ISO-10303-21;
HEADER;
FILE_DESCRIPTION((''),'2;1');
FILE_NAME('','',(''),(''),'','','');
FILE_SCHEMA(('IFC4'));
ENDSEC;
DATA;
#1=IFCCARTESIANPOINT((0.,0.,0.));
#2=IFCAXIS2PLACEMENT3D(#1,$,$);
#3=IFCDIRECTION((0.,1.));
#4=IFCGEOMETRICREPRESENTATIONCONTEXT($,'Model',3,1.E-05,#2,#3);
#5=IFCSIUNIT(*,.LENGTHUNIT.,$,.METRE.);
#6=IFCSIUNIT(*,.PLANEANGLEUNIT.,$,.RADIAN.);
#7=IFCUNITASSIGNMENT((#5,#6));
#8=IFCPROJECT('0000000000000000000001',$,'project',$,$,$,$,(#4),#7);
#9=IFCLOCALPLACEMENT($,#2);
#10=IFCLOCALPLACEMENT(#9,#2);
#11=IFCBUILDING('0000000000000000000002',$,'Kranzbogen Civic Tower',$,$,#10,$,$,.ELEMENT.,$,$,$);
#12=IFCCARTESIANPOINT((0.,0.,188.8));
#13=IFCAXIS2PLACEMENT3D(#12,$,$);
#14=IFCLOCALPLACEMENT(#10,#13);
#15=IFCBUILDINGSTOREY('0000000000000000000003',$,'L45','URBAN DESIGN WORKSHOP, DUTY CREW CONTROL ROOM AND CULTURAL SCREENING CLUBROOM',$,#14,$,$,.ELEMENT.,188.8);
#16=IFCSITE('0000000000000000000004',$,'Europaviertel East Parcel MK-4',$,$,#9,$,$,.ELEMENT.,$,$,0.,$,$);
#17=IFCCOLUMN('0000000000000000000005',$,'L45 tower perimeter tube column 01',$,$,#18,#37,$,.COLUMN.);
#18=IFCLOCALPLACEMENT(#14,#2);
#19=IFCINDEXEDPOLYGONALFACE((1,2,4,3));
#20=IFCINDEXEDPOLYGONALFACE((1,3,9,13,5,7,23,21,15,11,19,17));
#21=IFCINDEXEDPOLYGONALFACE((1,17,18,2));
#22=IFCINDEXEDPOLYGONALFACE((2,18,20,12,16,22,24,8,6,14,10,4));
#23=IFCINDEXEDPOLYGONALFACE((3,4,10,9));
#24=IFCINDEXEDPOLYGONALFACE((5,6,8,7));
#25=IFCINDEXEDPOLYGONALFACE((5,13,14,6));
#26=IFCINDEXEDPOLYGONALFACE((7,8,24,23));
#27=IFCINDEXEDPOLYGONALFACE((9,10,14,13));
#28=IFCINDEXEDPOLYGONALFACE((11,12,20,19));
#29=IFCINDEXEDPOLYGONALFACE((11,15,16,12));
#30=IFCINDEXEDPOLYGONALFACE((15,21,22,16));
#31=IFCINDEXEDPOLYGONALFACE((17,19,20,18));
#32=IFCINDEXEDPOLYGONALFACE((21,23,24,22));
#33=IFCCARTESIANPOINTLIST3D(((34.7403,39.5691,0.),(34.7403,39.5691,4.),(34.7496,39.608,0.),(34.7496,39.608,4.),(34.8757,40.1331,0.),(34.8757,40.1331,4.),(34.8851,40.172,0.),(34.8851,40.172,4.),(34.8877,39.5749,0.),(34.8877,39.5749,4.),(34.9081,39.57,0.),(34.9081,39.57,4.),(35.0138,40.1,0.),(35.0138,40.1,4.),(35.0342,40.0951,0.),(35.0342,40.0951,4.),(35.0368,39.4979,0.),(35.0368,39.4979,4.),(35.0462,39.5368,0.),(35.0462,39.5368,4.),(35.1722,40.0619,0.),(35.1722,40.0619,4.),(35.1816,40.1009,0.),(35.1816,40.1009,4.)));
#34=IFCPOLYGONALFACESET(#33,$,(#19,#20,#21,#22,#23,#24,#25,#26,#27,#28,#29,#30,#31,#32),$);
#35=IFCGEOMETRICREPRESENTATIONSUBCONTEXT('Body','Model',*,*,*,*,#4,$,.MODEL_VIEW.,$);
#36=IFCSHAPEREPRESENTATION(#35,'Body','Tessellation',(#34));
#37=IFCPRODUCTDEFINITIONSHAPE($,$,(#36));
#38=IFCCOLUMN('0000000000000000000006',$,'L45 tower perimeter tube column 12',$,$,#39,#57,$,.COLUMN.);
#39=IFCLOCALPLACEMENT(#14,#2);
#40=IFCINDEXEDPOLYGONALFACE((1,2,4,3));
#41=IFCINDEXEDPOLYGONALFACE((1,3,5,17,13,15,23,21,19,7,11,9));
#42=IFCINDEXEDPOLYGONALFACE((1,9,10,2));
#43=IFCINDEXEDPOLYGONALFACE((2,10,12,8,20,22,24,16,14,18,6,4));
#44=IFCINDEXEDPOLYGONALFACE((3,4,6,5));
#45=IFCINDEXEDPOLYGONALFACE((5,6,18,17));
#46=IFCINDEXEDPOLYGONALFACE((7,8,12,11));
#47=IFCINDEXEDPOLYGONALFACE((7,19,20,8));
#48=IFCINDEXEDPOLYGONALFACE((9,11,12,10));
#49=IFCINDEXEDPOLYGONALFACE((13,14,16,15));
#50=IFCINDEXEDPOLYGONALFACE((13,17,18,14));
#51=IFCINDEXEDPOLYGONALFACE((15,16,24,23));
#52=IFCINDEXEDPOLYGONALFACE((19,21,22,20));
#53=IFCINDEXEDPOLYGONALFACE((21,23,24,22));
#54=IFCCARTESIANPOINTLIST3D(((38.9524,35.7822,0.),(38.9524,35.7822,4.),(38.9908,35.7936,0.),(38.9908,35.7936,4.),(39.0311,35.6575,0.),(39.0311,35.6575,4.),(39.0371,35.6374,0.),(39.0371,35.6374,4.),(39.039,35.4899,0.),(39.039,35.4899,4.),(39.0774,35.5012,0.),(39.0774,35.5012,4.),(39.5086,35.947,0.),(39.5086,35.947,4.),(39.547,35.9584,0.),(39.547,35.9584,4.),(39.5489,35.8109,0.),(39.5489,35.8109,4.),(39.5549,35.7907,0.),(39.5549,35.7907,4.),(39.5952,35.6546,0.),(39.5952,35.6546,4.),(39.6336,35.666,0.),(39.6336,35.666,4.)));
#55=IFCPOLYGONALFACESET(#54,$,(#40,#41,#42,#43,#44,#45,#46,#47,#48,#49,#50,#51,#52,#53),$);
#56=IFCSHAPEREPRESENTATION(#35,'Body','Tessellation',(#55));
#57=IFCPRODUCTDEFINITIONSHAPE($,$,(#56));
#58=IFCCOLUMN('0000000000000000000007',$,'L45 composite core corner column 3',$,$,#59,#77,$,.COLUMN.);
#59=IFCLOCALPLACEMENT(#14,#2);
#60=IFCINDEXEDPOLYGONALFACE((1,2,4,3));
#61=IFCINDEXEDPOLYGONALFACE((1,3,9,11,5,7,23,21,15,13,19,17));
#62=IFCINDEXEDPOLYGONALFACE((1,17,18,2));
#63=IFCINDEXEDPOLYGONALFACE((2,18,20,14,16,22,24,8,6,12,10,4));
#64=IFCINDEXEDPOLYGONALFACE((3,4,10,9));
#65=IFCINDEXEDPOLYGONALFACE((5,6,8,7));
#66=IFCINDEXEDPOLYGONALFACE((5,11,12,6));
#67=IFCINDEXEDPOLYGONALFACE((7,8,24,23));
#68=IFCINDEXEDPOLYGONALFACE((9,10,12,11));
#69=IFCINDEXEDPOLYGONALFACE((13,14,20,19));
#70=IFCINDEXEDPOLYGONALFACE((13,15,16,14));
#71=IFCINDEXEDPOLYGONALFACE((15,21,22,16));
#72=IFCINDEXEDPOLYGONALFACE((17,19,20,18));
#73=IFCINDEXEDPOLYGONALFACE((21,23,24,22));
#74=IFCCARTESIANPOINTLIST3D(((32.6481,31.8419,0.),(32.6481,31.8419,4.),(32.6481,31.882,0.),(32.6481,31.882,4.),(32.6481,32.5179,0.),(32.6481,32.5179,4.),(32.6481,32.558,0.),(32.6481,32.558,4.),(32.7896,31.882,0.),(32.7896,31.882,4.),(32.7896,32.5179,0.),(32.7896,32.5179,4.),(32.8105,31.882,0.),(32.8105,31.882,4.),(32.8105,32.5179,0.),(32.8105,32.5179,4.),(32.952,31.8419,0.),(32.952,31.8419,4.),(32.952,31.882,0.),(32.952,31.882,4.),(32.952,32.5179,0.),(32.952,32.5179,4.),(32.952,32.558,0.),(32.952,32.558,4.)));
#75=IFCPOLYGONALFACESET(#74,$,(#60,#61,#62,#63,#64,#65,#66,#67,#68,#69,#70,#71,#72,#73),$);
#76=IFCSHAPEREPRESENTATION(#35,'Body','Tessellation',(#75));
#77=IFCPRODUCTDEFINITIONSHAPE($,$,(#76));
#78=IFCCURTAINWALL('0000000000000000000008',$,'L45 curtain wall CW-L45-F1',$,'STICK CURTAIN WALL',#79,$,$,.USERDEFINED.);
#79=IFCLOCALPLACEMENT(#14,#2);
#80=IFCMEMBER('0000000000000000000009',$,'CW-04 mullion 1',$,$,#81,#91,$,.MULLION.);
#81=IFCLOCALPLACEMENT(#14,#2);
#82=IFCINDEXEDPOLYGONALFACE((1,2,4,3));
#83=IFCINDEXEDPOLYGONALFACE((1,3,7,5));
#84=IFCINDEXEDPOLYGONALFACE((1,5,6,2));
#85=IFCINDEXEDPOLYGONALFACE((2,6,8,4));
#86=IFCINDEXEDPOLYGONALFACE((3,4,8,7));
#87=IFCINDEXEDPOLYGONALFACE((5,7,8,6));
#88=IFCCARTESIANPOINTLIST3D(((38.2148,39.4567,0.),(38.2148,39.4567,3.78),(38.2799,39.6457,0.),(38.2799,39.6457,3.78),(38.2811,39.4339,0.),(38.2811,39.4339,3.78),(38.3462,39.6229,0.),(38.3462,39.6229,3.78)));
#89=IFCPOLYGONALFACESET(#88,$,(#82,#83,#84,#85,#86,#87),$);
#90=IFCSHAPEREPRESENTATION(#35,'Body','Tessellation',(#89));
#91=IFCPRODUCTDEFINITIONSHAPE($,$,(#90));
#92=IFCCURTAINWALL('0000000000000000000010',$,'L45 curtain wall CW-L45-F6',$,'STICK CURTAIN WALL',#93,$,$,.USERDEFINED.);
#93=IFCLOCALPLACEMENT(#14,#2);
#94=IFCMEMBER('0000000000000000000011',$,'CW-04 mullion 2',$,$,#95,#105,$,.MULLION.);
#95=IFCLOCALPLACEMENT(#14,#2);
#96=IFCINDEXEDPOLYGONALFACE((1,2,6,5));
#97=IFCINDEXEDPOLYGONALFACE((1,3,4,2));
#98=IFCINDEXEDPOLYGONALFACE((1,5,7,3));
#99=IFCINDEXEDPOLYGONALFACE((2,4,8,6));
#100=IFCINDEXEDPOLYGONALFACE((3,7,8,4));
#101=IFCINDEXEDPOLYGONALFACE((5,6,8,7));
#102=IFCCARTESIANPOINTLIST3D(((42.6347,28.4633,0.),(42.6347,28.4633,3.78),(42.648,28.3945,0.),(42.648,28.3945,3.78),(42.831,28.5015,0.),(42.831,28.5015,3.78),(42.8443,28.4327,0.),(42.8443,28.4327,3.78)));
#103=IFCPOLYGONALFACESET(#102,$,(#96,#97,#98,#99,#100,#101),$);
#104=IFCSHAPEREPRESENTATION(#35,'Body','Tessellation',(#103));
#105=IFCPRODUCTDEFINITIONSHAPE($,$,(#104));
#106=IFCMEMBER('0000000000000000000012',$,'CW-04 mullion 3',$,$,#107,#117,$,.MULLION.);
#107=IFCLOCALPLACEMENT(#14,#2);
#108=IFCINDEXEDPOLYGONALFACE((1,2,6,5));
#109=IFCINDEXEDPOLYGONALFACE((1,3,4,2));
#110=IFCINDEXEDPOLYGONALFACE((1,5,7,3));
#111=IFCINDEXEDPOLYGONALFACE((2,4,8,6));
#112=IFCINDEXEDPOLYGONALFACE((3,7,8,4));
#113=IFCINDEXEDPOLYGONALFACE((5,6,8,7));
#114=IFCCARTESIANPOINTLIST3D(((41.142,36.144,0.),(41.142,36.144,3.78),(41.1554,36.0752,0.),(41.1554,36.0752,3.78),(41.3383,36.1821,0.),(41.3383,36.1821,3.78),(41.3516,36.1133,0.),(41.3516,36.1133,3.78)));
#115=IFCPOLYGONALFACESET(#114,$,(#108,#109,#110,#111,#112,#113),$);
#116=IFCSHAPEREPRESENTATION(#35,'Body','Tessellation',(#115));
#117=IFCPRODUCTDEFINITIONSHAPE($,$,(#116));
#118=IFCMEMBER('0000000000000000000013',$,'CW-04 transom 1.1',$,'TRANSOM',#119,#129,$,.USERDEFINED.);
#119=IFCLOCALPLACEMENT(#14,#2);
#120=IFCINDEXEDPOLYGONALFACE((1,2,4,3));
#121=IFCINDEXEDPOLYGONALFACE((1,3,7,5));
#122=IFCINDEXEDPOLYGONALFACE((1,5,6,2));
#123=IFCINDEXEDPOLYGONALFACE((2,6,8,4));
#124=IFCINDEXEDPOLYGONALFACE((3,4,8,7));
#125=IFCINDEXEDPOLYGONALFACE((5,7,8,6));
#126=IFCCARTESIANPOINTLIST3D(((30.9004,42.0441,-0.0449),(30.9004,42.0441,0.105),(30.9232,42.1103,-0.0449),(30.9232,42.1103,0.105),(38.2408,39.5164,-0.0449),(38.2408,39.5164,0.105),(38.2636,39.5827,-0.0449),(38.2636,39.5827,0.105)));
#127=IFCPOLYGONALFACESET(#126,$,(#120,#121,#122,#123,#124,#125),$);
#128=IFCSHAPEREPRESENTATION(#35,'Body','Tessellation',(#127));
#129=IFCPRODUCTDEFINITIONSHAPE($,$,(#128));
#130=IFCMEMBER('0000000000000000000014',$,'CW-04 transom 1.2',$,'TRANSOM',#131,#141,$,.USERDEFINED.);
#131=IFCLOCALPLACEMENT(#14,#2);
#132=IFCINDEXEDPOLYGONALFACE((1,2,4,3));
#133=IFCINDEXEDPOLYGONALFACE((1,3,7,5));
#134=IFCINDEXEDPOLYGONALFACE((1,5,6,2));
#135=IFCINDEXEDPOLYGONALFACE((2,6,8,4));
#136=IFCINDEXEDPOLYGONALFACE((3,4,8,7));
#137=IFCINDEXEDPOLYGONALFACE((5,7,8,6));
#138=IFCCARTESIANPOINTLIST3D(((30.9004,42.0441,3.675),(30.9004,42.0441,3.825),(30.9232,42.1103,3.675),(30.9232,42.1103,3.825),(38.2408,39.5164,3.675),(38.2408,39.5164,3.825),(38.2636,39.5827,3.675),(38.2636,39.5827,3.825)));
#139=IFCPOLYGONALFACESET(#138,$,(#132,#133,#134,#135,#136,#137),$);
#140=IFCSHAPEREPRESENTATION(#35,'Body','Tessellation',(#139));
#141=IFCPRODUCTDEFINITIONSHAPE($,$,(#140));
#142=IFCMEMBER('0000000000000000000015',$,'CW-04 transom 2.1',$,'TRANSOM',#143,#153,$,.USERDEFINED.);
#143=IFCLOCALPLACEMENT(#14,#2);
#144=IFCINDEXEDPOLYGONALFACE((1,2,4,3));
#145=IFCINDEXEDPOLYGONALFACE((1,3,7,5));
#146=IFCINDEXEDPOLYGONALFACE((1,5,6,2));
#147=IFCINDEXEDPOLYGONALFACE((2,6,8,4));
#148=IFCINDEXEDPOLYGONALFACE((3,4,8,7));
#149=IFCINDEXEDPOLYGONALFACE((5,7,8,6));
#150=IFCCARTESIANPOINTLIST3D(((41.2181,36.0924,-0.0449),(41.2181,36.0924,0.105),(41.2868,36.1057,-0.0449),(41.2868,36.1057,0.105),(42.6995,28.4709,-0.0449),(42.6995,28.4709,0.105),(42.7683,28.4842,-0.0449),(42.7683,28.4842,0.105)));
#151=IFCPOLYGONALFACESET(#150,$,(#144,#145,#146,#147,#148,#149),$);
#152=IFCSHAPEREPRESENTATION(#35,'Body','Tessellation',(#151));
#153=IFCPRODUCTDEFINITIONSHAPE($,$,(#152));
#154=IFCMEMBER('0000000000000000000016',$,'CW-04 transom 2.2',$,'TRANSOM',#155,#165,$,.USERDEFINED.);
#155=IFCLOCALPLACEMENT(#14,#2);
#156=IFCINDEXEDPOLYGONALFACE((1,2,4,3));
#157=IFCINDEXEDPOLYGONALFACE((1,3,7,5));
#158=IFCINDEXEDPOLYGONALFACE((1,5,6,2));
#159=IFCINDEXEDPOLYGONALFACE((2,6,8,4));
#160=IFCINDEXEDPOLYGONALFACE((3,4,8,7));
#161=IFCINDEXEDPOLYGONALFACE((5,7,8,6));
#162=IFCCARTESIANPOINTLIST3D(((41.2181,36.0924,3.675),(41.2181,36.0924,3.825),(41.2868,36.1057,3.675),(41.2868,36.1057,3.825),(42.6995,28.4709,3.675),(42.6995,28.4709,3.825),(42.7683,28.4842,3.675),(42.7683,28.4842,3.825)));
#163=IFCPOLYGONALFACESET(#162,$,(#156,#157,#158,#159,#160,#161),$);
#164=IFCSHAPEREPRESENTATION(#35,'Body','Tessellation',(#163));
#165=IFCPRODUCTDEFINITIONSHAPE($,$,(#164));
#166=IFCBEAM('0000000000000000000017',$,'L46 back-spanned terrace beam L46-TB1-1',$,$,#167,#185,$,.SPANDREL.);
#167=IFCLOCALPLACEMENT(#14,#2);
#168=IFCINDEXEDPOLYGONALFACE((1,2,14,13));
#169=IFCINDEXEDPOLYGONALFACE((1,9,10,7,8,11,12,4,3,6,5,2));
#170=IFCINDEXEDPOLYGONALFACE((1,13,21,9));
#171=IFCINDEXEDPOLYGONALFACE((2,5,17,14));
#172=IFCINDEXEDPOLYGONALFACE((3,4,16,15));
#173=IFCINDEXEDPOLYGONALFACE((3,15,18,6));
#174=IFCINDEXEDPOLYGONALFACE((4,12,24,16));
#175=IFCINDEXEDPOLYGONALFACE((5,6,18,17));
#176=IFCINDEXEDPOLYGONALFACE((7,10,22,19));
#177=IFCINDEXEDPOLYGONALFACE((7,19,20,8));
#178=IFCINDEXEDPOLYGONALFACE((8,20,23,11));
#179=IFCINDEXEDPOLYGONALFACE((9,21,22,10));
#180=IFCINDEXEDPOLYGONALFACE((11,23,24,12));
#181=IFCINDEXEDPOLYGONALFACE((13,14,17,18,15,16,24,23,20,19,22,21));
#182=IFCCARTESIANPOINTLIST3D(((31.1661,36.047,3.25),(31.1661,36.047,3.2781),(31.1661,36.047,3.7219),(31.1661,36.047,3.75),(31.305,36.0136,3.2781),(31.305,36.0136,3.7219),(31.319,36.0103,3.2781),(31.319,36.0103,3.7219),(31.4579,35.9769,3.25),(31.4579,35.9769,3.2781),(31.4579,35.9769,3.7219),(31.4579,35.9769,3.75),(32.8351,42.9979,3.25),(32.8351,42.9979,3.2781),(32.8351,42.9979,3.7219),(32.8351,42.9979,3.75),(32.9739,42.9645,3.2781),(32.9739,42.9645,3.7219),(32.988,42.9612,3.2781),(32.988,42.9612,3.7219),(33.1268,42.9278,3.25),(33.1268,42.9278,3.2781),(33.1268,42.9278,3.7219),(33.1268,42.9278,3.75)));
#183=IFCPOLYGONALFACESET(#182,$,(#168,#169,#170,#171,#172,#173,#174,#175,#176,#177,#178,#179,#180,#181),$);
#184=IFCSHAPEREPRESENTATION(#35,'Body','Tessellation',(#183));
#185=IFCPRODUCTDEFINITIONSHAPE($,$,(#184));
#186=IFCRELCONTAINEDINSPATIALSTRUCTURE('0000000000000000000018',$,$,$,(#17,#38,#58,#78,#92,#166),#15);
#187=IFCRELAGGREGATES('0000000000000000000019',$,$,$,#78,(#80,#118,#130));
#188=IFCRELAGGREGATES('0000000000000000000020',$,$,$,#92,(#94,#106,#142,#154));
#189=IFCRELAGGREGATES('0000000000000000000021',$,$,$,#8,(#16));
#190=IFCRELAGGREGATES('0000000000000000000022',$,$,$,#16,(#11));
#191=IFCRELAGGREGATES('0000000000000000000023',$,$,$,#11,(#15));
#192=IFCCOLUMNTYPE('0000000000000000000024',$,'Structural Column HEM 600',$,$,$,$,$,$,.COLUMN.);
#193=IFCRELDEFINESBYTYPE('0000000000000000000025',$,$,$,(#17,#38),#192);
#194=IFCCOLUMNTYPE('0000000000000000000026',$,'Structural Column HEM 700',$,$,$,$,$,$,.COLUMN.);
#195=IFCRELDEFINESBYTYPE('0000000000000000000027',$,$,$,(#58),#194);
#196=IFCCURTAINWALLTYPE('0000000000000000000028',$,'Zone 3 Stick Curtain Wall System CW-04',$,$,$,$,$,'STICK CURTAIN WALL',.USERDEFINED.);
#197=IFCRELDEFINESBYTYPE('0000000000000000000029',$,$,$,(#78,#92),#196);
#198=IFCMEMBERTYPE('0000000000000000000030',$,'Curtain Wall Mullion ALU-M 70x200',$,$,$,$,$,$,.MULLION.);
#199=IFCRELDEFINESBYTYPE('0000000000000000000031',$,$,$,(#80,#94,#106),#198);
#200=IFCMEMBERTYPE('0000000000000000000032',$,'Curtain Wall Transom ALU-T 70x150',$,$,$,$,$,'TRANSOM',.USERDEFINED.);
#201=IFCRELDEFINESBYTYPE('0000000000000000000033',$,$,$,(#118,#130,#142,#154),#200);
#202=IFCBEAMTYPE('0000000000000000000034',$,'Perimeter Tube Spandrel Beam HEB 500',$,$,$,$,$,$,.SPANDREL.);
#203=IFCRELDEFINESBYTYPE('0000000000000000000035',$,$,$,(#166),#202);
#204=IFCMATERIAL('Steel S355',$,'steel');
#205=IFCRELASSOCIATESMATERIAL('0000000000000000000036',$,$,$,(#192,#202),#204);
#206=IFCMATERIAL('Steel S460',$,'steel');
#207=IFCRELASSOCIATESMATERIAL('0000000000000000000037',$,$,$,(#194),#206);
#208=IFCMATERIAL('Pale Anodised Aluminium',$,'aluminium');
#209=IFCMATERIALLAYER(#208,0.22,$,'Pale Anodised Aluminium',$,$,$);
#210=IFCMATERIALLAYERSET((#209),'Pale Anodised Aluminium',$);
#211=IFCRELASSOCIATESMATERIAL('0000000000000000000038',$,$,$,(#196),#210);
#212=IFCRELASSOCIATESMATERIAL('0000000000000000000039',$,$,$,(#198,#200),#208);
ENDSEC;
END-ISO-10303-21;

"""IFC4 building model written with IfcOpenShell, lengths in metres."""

from ifc_helpers import new_model, si_unit, direction, frame, origin, origin_2d, place, context, subcontext, project, spatial, rectangle, i_section, extrude, material, layer, layer_set, material_profile, profile_set, type_object, element, aggregate, save


model = new_model("IFC4")

# Units and contexts
model_context = context("Model", 3, precision=1e-05, world=origin(), true_north=direction((0.0, 1.0)))
body_context = subcontext(model_context, "Body", "Model", "MODEL_VIEW")
ifc_project = project(units=[si_unit("LENGTHUNIT", "METRE"), si_unit("PLANEANGLEUNIT", "RADIAN")], contexts=[model_context])

# Site, building, storey
site_placement = place(None, origin())
site = spatial("IfcSite", under=ifc_project, at=site_placement, Name="Europaviertel East Parcel MK-4", CompositionType="ELEMENT", RefElevation=0.0)
building_placement = place(site_placement, origin())
building = spatial("IfcBuilding", under=site, at=building_placement, Name="Kranzbogen Civic Tower", CompositionType="ELEMENT")
storey_placement = place(building_placement, frame((0.0, 0.0, 188.8)))
storey = spatial("IfcBuildingStorey", under=building, at=storey_placement, Name="L45", Description="URBAN DESIGN WORKSHOP, DUTY CREW CONTROL ROOM AND CULTURAL SCREENING CLUBROOM", CompositionType="ELEMENT", Elevation=188.8)

# Columns
ifc_material_1 = material(Name="Steel S355", Category="steel")
ifc_material_profile_1 = material_profile(ifc_material_1, i_section(OverallWidth=0.3049, OverallDepth=0.6201, WebThickness=0.021, FlangeThickness=0.04, at=origin_2d()), Name="HEM 600")
ifc_profile_set_1 = profile_set([ifc_material_profile_1], Name="Steel S355")
column_type_1 = type_object("IfcColumnType", Name="Structural Column HEM 600", PredefinedType="COLUMN", material=ifc_profile_set_1)
for number, where, z_axis, x_axis, name in (
    (1, (34.9609, 39.835, 0.0), (0.0, 0.0, 1.0), (-0.97237, 0.233445, 0.0), "L45 tower perimeter tube column 01"),
    (2, (39.293, 35.7241, 0.0), (0.0, 0.0, 1.0), (-0.284015, 0.95882, 0.0), "L45 tower perimeter tube column 12"),
):
    element("IfcColumn", number, at=place(storey_placement, frame(where, z_axis=z_axis, x_axis=x_axis)), inside=storey, type_object=column_type_1, Name=name, PredefinedType="COLUMN", context=body_context, shape_type="SweptSolid", body=[
        extrude(i_section(OverallWidth=0.3049, OverallDepth=0.6201, WebThickness=0.021, FlangeThickness=0.04, at=origin_2d()), origin(), (0.0, 0.0, 1.0), 4.0),
    ])
ifc_material_2 = material(Name="Steel S460", Category="steel")
ifc_material_profile_2 = material_profile(ifc_material_2, i_section(OverallWidth=0.304, OverallDepth=0.7161, WebThickness=0.021, FlangeThickness=0.04, at=origin_2d()), Name="HEM 700")
ifc_profile_set_2 = profile_set([ifc_material_profile_2], Name="Steel S460")
column_type_2 = type_object("IfcColumnType", Name="Structural Column HEM 700", PredefinedType="COLUMN", material=ifc_profile_set_2)
column_placement = place(storey_placement, frame((32.8, 32.2, 0.0), z_axis=(0.0, 0.0, 1.0), x_axis=(1.0, 0.0, 0.0)))
element("IfcColumn", 3, at=column_placement, inside=storey, type_object=column_type_2, Name="L45 composite core corner column 3", PredefinedType="COLUMN", context=body_context, shape_type="SweptSolid", body=[
    extrude(i_section(OverallWidth=0.304, OverallDepth=0.7161, WebThickness=0.021, FlangeThickness=0.04, at=origin_2d()), origin(), (0.0, 0.0, 1.0), 4.0),
])

# Curtain wall, member
ifc_material_3 = material(Name="Pale Anodised Aluminium", Category="aluminium")
ifc_layer_1 = layer(ifc_material_3, 0.22, Name="Pale Anodised Aluminium")
ifc_layer_set_1 = layer_set([ifc_layer_1], Name="Pale Anodised Aluminium")
curtain_wall_type = type_object("IfcCurtainWallType", Name="Zone 3 Stick Curtain Wall System CW-04", ElementType="STICK CURTAIN WALL", PredefinedType="USERDEFINED", material=ifc_layer_set_1)
curtain_wall_1_placement = place(storey_placement, origin())
curtain_wall_1 = element("IfcCurtainWall", 4, at=curtain_wall_1_placement, inside=storey, type_object=curtain_wall_type, Name="L45 curtain wall CW-L45-F1", ObjectType="STICK CURTAIN WALL", PredefinedType="USERDEFINED")
ifc_material_profile_3 = material_profile(ifc_material_3, rectangle(XDim=0.0701, YDim=0.2, at=origin_2d()), Name="ALU-M 70x200")
ifc_profile_set_3 = profile_set([ifc_material_profile_3], Name="Pale Anodised Aluminium")
member_type_1 = type_object("IfcMemberType", Name="Curtain Wall Mullion ALU-M 70x200", PredefinedType="MULLION", material=ifc_profile_set_3)
member_1_placement = place(storey_placement, frame((38.2805, 39.5398, 0.0), z_axis=(0.0, 0.0, 1.0), x_axis=(-0.945511, 0.32559, 0.0)))
member_1 = element("IfcMember", 5, at=member_1_placement, type_object=member_type_1, Name="CW-04 mullion 1", PredefinedType="MULLION", context=body_context, shape_type="SweptSolid", body=[
    extrude(rectangle(XDim=0.0701, YDim=0.2, at=origin_2d()), origin(), (0.0, 0.0, 1.0), 3.78),
])

# Curtain wall, members
curtain_wall_2_placement = place(storey_placement, origin())
curtain_wall_2 = element("IfcCurtainWall", 6, at=curtain_wall_2_placement, inside=storey, type_object=curtain_wall_type, Name="L45 curtain wall CW-L45-F6", ObjectType="STICK CURTAIN WALL", PredefinedType="USERDEFINED")
member_2_placement = place(storey_placement, frame((42.7395, 28.448, 0.0), z_axis=(0.0, 0.0, 1.0), x_axis=(-0.190788, 0.981631, 0.0)))
member_2 = element("IfcMember", 7, at=member_2_placement, type_object=member_type_1, Name="CW-04 mullion 2", PredefinedType="MULLION", context=body_context, shape_type="SweptSolid", body=[
    extrude(rectangle(XDim=0.0701, YDim=0.2, at=origin_2d()), origin(), (0.0, 0.0, 1.0), 3.78),
])
member_3_placement = place(storey_placement, frame((41.2468, 36.1287, 0.0), z_axis=(0.0, 0.0, 1.0), x_axis=(-0.190788, 0.981631, 0.0)))
member_3 = element("IfcMember", 8, at=member_3_placement, type_object=member_type_1, Name="CW-04 mullion 3", PredefinedType="MULLION", context=body_context, shape_type="SweptSolid", body=[
    extrude(rectangle(XDim=0.0701, YDim=0.2, at=origin_2d()), origin(), (0.0, 0.0, 1.0), 3.78),
])

# Members
ifc_material_profile_4 = material_profile(ifc_material_3, rectangle(XDim=0.0701, YDim=0.1499, at=origin_2d()), Name="ALU-T 70x150")
ifc_profile_set_4 = profile_set([ifc_material_profile_4], Name="Pale Anodised Aluminium")
member_type_2 = type_object("IfcMemberType", Name="Curtain Wall Transom ALU-T 70x150", ElementType="TRANSOM", PredefinedType="USERDEFINED", material=ifc_profile_set_4)
member_4_placement = place(storey_placement, frame((38.2522, 39.5496, 0.03), z_axis=(-0.945514, 0.325581, 0.0), x_axis=(-0.325581, -0.945514, 0.0)))
member_4 = element("IfcMember", 9, at=member_4_placement, type_object=member_type_2, Name="CW-04 transom 1.1", ObjectType="TRANSOM", PredefinedType="USERDEFINED", context=body_context, shape_type="SweptSolid", body=[
    extrude(rectangle(XDim=0.0701, YDim=0.1499, at=origin_2d()), origin(), (0.0, 0.0, 1.0), 7.7634),
])
member_5_placement = place(storey_placement, frame((38.2522, 39.5496, 3.75), z_axis=(-0.945514, 0.325581, 0.0), x_axis=(-0.325581, -0.945514, 0.0)))
member_5 = element("IfcMember", 10, at=member_5_placement, type_object=member_type_2, Name="CW-04 transom 1.2", ObjectType="TRANSOM", PredefinedType="USERDEFINED", context=body_context, shape_type="SweptSolid", body=[
    extrude(rectangle(XDim=0.0701, YDim=0.1499, at=origin_2d()), origin(), (0.0, 0.0, 1.0), 7.7634),
])
member_6_placement = place(storey_placement, frame((42.7339, 28.4775, 0.03), z_axis=(-0.190804, 0.981628, 0.0), x_axis=(-0.981628, -0.190804, 0.0)))
member_6 = element("IfcMember", 11, at=member_6_placement, type_object=member_type_2, Name="CW-04 transom 2.1", ObjectType="TRANSOM", PredefinedType="USERDEFINED", context=body_context, shape_type="SweptSolid", body=[
    extrude(rectangle(XDim=0.0701, YDim=0.1499, at=origin_2d()), origin(), (0.0, 0.0, 1.0), 7.7642),
])
member_7_placement = place(storey_placement, frame((42.7339, 28.4775, 3.75), z_axis=(-0.190804, 0.981628, 0.0), x_axis=(-0.981628, -0.190804, 0.0)))
member_7 = element("IfcMember", 12, at=member_7_placement, type_object=member_type_2, Name="CW-04 transom 2.2", ObjectType="TRANSOM", PredefinedType="USERDEFINED", context=body_context, shape_type="SweptSolid", body=[
    extrude(rectangle(XDim=0.0701, YDim=0.1499, at=origin_2d()), origin(), (0.0, 0.0, 1.0), 7.7642),
])

# Beam
ifc_material_profile_5 = material_profile(ifc_material_1, i_section(OverallWidth=0.3, OverallDepth=0.5, WebThickness=0.0144, FlangeThickness=0.0281, at=origin_2d()), Name="HEB 500")
ifc_profile_set_5 = profile_set([ifc_material_profile_5], Name="Steel S355")
beam_type_1 = type_object("IfcBeamType", Name="Perimeter Tube Spandrel Beam HEB 500", PredefinedType="SPANDREL", material=ifc_profile_set_5)
beam_1_placement = place(storey_placement, frame((31.312, 36.012, 3.5), z_axis=(0.233469, 0.972364, 0.0), x_axis=(-0.972364, 0.233469, 0.0)))
element("IfcBeam", 13, at=beam_1_placement, inside=storey, type_object=beam_type_1, Name="L46 back-spanned terrace beam L46-TB1-1", PredefinedType="SPANDREL", context=body_context, shape_type="SweptSolid", body=[
    extrude(i_section(OverallWidth=0.3, OverallDepth=0.5, WebThickness=0.0144, FlangeThickness=0.0281, at=origin_2d()), origin(), (0.0, 0.0, 1.0), 7.1484),
])

aggregate(curtain_wall_1, [member_1, member_4, member_5])
aggregate(curtain_wall_2, [member_2, member_3, member_6, member_7])

save(model, "model.ifc")
